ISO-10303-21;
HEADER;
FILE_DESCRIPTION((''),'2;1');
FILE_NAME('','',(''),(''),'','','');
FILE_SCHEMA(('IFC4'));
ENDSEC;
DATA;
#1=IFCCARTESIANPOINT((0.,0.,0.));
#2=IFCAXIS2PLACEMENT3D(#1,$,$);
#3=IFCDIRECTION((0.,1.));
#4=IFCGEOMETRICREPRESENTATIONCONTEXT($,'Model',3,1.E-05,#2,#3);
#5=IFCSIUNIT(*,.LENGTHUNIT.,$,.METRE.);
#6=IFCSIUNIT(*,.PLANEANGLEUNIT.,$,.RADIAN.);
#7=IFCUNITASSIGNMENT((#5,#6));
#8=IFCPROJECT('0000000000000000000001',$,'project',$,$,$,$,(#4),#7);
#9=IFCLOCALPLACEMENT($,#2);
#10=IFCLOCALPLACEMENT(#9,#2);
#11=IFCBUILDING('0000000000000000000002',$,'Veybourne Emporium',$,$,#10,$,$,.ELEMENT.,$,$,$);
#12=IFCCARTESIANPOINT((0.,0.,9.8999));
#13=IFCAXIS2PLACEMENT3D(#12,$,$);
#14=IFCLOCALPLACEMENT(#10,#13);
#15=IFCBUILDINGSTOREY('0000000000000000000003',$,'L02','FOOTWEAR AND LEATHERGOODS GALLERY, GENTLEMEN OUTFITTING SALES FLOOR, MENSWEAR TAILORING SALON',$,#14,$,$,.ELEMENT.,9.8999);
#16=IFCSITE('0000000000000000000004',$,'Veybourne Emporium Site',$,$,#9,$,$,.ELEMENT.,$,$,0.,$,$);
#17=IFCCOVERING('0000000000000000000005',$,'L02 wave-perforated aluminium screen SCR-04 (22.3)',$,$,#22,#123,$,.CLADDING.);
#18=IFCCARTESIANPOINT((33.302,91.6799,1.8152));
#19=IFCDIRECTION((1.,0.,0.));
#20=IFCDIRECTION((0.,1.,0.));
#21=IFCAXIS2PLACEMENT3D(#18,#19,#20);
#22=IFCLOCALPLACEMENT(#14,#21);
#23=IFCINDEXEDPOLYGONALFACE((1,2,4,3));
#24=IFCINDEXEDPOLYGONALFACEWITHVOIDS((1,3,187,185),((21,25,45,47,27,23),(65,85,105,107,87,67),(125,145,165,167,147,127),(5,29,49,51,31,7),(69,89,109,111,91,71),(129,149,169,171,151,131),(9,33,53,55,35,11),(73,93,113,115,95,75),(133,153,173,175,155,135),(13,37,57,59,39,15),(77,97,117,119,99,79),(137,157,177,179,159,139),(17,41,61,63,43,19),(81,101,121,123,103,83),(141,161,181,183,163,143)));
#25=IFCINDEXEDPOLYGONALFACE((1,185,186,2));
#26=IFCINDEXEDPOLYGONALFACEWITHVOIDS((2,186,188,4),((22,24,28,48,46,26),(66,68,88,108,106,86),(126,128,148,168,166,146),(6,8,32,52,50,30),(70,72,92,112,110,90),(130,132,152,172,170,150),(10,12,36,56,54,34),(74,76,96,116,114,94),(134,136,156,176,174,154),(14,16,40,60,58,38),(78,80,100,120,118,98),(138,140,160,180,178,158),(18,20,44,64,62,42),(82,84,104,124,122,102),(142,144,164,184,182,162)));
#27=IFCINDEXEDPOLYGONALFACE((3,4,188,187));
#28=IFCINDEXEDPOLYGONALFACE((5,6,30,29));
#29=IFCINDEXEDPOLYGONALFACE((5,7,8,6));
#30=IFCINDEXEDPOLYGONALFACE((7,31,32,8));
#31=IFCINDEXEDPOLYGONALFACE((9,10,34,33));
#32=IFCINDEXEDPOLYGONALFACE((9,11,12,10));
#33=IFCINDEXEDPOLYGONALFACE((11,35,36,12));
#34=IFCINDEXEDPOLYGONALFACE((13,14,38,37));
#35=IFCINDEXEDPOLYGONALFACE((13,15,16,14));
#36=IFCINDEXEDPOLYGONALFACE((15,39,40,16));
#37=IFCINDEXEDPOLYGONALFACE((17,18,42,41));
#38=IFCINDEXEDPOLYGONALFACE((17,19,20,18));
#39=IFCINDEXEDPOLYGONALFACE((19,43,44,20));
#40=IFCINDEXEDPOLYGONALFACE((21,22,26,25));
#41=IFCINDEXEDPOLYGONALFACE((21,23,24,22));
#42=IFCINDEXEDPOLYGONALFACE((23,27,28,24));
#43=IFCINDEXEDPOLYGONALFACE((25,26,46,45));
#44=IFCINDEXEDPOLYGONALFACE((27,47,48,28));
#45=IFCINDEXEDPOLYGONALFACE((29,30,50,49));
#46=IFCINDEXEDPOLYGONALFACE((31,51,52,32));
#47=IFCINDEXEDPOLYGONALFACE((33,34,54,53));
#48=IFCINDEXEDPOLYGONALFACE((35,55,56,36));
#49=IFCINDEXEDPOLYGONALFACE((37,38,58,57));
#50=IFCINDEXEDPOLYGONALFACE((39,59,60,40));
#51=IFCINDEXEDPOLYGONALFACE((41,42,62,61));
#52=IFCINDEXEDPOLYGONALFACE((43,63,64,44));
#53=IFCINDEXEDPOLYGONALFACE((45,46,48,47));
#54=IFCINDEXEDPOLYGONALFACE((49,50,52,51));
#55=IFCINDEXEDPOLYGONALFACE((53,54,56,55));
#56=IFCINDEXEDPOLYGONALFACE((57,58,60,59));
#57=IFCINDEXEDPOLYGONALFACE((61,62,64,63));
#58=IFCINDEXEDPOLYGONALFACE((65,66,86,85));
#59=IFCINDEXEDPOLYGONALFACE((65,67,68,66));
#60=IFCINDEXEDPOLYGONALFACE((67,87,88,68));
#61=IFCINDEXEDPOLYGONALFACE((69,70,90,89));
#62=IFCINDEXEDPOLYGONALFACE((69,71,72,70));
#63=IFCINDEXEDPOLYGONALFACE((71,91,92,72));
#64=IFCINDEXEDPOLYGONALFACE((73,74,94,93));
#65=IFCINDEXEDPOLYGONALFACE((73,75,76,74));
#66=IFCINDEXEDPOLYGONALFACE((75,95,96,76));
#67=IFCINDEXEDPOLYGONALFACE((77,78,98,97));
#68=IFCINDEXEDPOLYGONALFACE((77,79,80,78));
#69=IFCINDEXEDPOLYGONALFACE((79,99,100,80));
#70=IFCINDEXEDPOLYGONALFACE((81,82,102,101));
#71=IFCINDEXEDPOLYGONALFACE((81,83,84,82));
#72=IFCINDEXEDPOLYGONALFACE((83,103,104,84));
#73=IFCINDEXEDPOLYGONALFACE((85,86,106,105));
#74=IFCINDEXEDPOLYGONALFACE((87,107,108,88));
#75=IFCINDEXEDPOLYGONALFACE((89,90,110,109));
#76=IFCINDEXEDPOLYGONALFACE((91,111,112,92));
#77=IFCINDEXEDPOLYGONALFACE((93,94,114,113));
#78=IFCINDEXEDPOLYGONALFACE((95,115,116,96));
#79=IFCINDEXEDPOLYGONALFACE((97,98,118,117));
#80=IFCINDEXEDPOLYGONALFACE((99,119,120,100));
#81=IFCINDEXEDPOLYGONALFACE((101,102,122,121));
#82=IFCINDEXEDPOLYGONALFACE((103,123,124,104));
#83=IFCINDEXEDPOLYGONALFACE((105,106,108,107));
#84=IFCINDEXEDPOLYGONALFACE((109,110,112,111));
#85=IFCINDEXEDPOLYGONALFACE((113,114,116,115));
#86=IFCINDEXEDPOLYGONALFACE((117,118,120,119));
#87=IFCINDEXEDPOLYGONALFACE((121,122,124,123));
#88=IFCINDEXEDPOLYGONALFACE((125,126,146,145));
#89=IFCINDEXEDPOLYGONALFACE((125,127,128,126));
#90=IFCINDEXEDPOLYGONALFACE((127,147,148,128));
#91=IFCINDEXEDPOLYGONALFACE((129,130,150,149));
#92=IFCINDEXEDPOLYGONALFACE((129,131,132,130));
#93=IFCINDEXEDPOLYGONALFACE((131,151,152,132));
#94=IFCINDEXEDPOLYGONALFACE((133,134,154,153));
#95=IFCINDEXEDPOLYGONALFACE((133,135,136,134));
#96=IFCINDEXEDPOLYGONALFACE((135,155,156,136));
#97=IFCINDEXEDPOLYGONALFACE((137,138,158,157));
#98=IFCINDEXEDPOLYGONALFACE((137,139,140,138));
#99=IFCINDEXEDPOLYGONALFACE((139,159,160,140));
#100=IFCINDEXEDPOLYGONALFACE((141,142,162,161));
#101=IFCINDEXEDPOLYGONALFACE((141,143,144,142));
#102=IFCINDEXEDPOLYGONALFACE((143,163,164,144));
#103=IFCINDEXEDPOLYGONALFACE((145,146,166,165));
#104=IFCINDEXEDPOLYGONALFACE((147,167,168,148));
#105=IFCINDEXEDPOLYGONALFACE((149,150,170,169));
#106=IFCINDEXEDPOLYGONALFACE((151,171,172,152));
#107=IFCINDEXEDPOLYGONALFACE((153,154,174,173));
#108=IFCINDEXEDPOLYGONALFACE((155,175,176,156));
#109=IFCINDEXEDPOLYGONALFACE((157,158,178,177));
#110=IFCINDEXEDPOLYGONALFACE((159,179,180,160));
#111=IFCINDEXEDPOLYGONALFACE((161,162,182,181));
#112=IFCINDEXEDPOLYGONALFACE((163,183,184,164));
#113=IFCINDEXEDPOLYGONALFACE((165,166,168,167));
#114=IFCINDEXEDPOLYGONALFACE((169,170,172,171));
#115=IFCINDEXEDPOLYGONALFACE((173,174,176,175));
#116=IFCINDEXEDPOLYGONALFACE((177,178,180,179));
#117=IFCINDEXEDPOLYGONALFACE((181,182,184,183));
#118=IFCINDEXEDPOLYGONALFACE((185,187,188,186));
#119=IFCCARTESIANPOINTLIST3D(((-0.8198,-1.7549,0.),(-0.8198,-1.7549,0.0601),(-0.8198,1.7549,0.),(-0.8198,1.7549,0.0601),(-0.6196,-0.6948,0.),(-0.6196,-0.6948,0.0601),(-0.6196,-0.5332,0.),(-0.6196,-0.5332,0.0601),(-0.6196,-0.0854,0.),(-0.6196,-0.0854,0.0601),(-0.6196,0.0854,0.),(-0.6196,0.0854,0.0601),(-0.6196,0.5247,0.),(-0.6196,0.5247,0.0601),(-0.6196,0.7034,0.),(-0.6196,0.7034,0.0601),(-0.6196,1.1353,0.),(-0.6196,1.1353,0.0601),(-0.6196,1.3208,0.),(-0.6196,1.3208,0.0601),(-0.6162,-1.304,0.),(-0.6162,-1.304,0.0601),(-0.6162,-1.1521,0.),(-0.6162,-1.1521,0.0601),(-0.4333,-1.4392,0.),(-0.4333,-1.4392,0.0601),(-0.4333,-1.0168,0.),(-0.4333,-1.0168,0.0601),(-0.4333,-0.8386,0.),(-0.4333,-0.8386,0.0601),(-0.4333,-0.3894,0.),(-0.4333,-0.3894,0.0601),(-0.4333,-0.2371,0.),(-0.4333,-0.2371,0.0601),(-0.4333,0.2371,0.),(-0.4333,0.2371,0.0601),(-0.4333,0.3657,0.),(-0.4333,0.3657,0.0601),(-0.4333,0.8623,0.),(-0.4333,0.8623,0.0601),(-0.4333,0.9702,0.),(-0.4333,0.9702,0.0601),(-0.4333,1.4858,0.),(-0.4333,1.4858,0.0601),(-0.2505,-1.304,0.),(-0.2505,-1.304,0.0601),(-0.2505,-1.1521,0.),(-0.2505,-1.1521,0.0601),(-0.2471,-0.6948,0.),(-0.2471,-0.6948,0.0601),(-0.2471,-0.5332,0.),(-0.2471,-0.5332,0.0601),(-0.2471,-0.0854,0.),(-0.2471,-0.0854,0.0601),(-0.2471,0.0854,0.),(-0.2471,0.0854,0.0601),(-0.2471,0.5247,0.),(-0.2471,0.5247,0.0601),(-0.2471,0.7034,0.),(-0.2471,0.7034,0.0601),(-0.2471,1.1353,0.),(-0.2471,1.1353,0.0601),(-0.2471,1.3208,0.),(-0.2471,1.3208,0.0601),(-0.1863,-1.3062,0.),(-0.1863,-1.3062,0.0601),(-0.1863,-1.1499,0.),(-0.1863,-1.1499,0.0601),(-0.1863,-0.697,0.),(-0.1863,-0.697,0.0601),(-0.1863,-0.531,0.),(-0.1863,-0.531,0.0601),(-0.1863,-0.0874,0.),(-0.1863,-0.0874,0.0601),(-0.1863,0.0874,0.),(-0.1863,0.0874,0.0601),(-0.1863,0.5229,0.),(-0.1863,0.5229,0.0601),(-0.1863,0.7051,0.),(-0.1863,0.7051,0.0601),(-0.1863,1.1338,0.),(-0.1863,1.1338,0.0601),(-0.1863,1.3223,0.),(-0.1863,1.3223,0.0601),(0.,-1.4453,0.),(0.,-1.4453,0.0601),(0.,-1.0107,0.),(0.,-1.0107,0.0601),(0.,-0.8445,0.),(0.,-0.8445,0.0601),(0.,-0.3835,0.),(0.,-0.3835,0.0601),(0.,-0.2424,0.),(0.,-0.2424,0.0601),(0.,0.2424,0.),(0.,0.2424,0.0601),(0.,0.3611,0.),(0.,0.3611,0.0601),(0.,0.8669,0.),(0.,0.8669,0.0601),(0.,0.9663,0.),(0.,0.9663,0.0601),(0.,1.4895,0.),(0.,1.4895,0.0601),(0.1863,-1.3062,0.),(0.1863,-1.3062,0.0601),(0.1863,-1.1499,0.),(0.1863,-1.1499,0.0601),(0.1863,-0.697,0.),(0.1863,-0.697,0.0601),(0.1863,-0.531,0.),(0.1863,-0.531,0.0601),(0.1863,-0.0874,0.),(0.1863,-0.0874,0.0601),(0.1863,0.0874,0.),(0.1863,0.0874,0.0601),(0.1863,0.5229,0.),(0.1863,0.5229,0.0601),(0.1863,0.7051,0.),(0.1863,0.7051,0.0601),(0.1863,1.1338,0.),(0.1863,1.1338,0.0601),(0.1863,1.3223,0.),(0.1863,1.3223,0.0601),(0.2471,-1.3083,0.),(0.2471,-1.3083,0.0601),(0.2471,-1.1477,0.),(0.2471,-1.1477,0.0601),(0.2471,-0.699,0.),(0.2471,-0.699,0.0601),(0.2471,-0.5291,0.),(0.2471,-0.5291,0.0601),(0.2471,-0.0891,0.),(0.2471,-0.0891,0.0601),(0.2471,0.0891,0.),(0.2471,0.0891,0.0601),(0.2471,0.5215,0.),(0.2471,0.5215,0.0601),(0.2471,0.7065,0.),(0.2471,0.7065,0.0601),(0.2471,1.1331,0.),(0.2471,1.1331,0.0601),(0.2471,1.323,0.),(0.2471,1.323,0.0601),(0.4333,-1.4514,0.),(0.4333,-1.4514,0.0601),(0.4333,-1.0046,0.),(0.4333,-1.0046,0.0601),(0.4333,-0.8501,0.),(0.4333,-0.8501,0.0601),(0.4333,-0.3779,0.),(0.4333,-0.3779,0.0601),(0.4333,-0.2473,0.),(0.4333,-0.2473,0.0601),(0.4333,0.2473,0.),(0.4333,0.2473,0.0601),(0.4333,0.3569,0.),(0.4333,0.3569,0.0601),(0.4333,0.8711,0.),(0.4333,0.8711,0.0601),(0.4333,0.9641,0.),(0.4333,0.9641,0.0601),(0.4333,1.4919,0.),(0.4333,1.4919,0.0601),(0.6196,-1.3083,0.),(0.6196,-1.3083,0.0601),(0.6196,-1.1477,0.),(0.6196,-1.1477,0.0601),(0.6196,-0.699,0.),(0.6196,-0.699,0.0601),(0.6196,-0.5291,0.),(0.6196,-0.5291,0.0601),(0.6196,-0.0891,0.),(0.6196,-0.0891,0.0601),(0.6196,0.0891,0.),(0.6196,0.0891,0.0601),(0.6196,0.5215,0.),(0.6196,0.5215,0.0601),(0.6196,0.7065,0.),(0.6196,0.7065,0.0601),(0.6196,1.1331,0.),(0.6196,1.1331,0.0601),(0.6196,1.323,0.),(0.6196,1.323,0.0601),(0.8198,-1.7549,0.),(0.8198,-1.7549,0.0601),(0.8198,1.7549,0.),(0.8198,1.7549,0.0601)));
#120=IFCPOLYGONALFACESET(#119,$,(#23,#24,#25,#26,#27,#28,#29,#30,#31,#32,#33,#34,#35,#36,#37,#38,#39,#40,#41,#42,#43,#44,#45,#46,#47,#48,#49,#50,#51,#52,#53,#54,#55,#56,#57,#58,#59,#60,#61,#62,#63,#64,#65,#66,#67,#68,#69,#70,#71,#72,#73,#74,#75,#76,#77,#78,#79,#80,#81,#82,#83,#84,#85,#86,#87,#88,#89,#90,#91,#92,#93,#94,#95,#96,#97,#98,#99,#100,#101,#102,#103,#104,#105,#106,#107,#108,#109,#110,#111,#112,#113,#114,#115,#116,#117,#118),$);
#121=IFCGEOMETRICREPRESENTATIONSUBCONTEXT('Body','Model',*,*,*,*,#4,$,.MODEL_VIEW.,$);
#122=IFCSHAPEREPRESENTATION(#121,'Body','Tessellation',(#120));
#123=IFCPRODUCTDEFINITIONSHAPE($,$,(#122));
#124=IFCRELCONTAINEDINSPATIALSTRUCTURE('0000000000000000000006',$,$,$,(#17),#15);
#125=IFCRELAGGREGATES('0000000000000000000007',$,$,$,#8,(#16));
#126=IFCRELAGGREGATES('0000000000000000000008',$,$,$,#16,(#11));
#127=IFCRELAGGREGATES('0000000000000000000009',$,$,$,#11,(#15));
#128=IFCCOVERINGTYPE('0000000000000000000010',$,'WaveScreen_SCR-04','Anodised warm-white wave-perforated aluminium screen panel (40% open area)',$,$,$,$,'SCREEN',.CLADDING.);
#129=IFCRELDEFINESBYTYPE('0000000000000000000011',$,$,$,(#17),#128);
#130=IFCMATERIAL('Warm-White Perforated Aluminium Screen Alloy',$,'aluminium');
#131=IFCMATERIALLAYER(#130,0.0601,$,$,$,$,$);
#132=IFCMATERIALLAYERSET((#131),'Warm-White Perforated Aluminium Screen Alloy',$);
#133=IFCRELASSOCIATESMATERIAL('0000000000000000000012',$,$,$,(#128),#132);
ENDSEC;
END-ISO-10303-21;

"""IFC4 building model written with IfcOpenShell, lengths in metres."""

from ifc_helpers import new_model, si_unit, direction, frame, origin, place, context, subcontext, project, spatial, polyline, outline, extrude, material, layer, layer_set, type_object, element, save


model = new_model("IFC4")

# Units and contexts
model_context = context("Model", 3, precision=1e-05, world=origin(), true_north=direction((0.0, 1.0)))
body_context = subcontext(model_context, "Body", "Model", "MODEL_VIEW")
ifc_project = project(units=[si_unit("LENGTHUNIT", "METRE"), si_unit("PLANEANGLEUNIT", "RADIAN")], contexts=[model_context])

# Site, building, storey
site_placement = place(None, origin())
site = spatial("IfcSite", under=ifc_project, at=site_placement, Name="Veybourne Emporium Site", CompositionType="ELEMENT", RefElevation=0.0)
building_placement = place(site_placement, origin())
building = spatial("IfcBuilding", under=site, at=building_placement, Name="Veybourne Emporium", CompositionType="ELEMENT")
storey_placement = place(building_placement, frame((0.0, 0.0, 9.8999)))
storey = spatial("IfcBuildingStorey", under=building, at=storey_placement, Name="L02", Description="FOOTWEAR AND LEATHERGOODS GALLERY, GENTLEMEN OUTFITTING SALES FLOOR, MENSWEAR TAILORING SALON", CompositionType="ELEMENT", Elevation=9.8999)

# Covering
ifc_material_1 = material(Name="Warm-White Perforated Aluminium Screen Alloy", Category="aluminium")
ifc_layer_1 = layer(ifc_material_1, 0.0601)
ifc_layer_set_1 = layer_set([ifc_layer_1], Name="Warm-White Perforated Aluminium Screen Alloy")
covering_type_1 = type_object("IfcCoveringType", Name="WaveScreen_SCR-04", Description="Anodised warm-white wave-perforated aluminium screen panel (40% open area)", ElementType="SCREEN", PredefinedType="CLADDING", material=ifc_layer_set_1)
covering_1_placement = place(storey_placement, frame((33.302, 91.6799, 1.8152), z_axis=(1.0, 0.0, 0.0), x_axis=(0.0, 1.0, 0.0)))
element("IfcCovering", 1, at=covering_1_placement, inside=storey, type_object=covering_type_1, Name="L02 wave-perforated aluminium screen SCR-04 (22.3)", PredefinedType="CLADDING", context=body_context, shape_type="SweptSolid", body=[
    extrude(outline(polyline([(-0.8198, -1.7549), (0.8198, -1.7549), (0.8198, 1.7549), (-0.8198, 1.7549), (-0.8198, -1.7549)]), holes=[polyline([(-0.4333, -1.0168), (-0.2505, -1.1521), (-0.2505, -1.304), (-0.4333, -1.4392), (-0.6162, -1.304), (-0.6162, -1.1521), (-0.4333, -1.0168)]), polyline([(-0.4333, -0.3894), (-0.2471, -0.5332), (-0.2471, -0.6948), (-0.4333, -0.8386), (-0.6196, -0.6948), (-0.6196, -0.5332), (-0.4333, -0.3894)]), polyline([(-0.4333, 0.2371), (-0.2471, 0.0854), (-0.2471, -0.0854), (-0.4333, -0.2371), (-0.6196, -0.0854), (-0.6196, 0.0854), (-0.4333, 0.2371)]), polyline([(-0.4333, 0.8623), (-0.2471, 0.7034), (-0.2471, 0.5247), (-0.4333, 0.3657), (-0.6196, 0.5247), (-0.6196, 0.7034), (-0.4333, 0.8623)]), polyline([(-0.4333, 1.4858), (-0.2471, 1.3208), (-0.2471, 1.1353), (-0.4333, 0.9702), (-0.6196, 1.1353), (-0.6196, 1.3208), (-0.4333, 1.4858)]), polyline([(0.0, -1.0107), (0.1863, -1.1499), (0.1863, -1.3062), (0.0, -1.4453), (-0.1863, -1.3062), (-0.1863, -1.1499), (0.0, -1.0107)]), polyline([(0.0, -0.3835), (0.1863, -0.531), (0.1863, -0.697), (0.0, -0.8445), (-0.1863, -0.697), (-0.1863, -0.531), (0.0, -0.3835)]), polyline([(0.0, 0.2424), (0.1863, 0.0874), (0.1863, -0.0874), (0.0, -0.2424), (-0.1863, -0.0874), (-0.1863, 0.0874), (0.0, 0.2424)]), polyline([(0.0, 0.8669), (0.1863, 0.7051), (0.1863, 0.5229), (0.0, 0.3611), (-0.1863, 0.5229), (-0.1863, 0.7051), (0.0, 0.8669)]), polyline([(0.0, 1.4895), (0.1863, 1.3223), (0.1863, 1.1338), (0.0, 0.9663), (-0.1863, 1.1338), (-0.1863, 1.3223), (0.0, 1.4895)]), polyline([(0.4333, -1.0046), (0.6196, -1.1477), (0.6196, -1.3083), (0.4333, -1.4514), (0.2471, -1.3083), (0.2471, -1.1477), (0.4333, -1.0046)]), polyline([(0.4333, -0.3779), (0.6196, -0.5291), (0.6196, -0.699), (0.4333, -0.8501), (0.2471, -0.699), (0.2471, -0.5291), (0.4333, -0.3779)]), polyline([(0.4333, 0.2473), (0.6196, 0.0891), (0.6196, -0.0891), (0.4333, -0.2473), (0.2471, -0.0891), (0.2471, 0.0891), (0.4333, 0.2473)]), polyline([(0.4333, 0.8711), (0.6196, 0.7065), (0.6196, 0.5215), (0.4333, 0.3569), (0.2471, 0.5215), (0.2471, 0.7065), (0.4333, 0.8711)]), polyline([(0.4333, 1.4919), (0.6196, 1.323), (0.6196, 1.1331), (0.4333, 0.9641), (0.2471, 1.1331), (0.2471, 1.323), (0.4333, 1.4919)])]), origin(), (0.0, 0.0, 1.0), 0.0601),
])

save(model, "model.ifc")
